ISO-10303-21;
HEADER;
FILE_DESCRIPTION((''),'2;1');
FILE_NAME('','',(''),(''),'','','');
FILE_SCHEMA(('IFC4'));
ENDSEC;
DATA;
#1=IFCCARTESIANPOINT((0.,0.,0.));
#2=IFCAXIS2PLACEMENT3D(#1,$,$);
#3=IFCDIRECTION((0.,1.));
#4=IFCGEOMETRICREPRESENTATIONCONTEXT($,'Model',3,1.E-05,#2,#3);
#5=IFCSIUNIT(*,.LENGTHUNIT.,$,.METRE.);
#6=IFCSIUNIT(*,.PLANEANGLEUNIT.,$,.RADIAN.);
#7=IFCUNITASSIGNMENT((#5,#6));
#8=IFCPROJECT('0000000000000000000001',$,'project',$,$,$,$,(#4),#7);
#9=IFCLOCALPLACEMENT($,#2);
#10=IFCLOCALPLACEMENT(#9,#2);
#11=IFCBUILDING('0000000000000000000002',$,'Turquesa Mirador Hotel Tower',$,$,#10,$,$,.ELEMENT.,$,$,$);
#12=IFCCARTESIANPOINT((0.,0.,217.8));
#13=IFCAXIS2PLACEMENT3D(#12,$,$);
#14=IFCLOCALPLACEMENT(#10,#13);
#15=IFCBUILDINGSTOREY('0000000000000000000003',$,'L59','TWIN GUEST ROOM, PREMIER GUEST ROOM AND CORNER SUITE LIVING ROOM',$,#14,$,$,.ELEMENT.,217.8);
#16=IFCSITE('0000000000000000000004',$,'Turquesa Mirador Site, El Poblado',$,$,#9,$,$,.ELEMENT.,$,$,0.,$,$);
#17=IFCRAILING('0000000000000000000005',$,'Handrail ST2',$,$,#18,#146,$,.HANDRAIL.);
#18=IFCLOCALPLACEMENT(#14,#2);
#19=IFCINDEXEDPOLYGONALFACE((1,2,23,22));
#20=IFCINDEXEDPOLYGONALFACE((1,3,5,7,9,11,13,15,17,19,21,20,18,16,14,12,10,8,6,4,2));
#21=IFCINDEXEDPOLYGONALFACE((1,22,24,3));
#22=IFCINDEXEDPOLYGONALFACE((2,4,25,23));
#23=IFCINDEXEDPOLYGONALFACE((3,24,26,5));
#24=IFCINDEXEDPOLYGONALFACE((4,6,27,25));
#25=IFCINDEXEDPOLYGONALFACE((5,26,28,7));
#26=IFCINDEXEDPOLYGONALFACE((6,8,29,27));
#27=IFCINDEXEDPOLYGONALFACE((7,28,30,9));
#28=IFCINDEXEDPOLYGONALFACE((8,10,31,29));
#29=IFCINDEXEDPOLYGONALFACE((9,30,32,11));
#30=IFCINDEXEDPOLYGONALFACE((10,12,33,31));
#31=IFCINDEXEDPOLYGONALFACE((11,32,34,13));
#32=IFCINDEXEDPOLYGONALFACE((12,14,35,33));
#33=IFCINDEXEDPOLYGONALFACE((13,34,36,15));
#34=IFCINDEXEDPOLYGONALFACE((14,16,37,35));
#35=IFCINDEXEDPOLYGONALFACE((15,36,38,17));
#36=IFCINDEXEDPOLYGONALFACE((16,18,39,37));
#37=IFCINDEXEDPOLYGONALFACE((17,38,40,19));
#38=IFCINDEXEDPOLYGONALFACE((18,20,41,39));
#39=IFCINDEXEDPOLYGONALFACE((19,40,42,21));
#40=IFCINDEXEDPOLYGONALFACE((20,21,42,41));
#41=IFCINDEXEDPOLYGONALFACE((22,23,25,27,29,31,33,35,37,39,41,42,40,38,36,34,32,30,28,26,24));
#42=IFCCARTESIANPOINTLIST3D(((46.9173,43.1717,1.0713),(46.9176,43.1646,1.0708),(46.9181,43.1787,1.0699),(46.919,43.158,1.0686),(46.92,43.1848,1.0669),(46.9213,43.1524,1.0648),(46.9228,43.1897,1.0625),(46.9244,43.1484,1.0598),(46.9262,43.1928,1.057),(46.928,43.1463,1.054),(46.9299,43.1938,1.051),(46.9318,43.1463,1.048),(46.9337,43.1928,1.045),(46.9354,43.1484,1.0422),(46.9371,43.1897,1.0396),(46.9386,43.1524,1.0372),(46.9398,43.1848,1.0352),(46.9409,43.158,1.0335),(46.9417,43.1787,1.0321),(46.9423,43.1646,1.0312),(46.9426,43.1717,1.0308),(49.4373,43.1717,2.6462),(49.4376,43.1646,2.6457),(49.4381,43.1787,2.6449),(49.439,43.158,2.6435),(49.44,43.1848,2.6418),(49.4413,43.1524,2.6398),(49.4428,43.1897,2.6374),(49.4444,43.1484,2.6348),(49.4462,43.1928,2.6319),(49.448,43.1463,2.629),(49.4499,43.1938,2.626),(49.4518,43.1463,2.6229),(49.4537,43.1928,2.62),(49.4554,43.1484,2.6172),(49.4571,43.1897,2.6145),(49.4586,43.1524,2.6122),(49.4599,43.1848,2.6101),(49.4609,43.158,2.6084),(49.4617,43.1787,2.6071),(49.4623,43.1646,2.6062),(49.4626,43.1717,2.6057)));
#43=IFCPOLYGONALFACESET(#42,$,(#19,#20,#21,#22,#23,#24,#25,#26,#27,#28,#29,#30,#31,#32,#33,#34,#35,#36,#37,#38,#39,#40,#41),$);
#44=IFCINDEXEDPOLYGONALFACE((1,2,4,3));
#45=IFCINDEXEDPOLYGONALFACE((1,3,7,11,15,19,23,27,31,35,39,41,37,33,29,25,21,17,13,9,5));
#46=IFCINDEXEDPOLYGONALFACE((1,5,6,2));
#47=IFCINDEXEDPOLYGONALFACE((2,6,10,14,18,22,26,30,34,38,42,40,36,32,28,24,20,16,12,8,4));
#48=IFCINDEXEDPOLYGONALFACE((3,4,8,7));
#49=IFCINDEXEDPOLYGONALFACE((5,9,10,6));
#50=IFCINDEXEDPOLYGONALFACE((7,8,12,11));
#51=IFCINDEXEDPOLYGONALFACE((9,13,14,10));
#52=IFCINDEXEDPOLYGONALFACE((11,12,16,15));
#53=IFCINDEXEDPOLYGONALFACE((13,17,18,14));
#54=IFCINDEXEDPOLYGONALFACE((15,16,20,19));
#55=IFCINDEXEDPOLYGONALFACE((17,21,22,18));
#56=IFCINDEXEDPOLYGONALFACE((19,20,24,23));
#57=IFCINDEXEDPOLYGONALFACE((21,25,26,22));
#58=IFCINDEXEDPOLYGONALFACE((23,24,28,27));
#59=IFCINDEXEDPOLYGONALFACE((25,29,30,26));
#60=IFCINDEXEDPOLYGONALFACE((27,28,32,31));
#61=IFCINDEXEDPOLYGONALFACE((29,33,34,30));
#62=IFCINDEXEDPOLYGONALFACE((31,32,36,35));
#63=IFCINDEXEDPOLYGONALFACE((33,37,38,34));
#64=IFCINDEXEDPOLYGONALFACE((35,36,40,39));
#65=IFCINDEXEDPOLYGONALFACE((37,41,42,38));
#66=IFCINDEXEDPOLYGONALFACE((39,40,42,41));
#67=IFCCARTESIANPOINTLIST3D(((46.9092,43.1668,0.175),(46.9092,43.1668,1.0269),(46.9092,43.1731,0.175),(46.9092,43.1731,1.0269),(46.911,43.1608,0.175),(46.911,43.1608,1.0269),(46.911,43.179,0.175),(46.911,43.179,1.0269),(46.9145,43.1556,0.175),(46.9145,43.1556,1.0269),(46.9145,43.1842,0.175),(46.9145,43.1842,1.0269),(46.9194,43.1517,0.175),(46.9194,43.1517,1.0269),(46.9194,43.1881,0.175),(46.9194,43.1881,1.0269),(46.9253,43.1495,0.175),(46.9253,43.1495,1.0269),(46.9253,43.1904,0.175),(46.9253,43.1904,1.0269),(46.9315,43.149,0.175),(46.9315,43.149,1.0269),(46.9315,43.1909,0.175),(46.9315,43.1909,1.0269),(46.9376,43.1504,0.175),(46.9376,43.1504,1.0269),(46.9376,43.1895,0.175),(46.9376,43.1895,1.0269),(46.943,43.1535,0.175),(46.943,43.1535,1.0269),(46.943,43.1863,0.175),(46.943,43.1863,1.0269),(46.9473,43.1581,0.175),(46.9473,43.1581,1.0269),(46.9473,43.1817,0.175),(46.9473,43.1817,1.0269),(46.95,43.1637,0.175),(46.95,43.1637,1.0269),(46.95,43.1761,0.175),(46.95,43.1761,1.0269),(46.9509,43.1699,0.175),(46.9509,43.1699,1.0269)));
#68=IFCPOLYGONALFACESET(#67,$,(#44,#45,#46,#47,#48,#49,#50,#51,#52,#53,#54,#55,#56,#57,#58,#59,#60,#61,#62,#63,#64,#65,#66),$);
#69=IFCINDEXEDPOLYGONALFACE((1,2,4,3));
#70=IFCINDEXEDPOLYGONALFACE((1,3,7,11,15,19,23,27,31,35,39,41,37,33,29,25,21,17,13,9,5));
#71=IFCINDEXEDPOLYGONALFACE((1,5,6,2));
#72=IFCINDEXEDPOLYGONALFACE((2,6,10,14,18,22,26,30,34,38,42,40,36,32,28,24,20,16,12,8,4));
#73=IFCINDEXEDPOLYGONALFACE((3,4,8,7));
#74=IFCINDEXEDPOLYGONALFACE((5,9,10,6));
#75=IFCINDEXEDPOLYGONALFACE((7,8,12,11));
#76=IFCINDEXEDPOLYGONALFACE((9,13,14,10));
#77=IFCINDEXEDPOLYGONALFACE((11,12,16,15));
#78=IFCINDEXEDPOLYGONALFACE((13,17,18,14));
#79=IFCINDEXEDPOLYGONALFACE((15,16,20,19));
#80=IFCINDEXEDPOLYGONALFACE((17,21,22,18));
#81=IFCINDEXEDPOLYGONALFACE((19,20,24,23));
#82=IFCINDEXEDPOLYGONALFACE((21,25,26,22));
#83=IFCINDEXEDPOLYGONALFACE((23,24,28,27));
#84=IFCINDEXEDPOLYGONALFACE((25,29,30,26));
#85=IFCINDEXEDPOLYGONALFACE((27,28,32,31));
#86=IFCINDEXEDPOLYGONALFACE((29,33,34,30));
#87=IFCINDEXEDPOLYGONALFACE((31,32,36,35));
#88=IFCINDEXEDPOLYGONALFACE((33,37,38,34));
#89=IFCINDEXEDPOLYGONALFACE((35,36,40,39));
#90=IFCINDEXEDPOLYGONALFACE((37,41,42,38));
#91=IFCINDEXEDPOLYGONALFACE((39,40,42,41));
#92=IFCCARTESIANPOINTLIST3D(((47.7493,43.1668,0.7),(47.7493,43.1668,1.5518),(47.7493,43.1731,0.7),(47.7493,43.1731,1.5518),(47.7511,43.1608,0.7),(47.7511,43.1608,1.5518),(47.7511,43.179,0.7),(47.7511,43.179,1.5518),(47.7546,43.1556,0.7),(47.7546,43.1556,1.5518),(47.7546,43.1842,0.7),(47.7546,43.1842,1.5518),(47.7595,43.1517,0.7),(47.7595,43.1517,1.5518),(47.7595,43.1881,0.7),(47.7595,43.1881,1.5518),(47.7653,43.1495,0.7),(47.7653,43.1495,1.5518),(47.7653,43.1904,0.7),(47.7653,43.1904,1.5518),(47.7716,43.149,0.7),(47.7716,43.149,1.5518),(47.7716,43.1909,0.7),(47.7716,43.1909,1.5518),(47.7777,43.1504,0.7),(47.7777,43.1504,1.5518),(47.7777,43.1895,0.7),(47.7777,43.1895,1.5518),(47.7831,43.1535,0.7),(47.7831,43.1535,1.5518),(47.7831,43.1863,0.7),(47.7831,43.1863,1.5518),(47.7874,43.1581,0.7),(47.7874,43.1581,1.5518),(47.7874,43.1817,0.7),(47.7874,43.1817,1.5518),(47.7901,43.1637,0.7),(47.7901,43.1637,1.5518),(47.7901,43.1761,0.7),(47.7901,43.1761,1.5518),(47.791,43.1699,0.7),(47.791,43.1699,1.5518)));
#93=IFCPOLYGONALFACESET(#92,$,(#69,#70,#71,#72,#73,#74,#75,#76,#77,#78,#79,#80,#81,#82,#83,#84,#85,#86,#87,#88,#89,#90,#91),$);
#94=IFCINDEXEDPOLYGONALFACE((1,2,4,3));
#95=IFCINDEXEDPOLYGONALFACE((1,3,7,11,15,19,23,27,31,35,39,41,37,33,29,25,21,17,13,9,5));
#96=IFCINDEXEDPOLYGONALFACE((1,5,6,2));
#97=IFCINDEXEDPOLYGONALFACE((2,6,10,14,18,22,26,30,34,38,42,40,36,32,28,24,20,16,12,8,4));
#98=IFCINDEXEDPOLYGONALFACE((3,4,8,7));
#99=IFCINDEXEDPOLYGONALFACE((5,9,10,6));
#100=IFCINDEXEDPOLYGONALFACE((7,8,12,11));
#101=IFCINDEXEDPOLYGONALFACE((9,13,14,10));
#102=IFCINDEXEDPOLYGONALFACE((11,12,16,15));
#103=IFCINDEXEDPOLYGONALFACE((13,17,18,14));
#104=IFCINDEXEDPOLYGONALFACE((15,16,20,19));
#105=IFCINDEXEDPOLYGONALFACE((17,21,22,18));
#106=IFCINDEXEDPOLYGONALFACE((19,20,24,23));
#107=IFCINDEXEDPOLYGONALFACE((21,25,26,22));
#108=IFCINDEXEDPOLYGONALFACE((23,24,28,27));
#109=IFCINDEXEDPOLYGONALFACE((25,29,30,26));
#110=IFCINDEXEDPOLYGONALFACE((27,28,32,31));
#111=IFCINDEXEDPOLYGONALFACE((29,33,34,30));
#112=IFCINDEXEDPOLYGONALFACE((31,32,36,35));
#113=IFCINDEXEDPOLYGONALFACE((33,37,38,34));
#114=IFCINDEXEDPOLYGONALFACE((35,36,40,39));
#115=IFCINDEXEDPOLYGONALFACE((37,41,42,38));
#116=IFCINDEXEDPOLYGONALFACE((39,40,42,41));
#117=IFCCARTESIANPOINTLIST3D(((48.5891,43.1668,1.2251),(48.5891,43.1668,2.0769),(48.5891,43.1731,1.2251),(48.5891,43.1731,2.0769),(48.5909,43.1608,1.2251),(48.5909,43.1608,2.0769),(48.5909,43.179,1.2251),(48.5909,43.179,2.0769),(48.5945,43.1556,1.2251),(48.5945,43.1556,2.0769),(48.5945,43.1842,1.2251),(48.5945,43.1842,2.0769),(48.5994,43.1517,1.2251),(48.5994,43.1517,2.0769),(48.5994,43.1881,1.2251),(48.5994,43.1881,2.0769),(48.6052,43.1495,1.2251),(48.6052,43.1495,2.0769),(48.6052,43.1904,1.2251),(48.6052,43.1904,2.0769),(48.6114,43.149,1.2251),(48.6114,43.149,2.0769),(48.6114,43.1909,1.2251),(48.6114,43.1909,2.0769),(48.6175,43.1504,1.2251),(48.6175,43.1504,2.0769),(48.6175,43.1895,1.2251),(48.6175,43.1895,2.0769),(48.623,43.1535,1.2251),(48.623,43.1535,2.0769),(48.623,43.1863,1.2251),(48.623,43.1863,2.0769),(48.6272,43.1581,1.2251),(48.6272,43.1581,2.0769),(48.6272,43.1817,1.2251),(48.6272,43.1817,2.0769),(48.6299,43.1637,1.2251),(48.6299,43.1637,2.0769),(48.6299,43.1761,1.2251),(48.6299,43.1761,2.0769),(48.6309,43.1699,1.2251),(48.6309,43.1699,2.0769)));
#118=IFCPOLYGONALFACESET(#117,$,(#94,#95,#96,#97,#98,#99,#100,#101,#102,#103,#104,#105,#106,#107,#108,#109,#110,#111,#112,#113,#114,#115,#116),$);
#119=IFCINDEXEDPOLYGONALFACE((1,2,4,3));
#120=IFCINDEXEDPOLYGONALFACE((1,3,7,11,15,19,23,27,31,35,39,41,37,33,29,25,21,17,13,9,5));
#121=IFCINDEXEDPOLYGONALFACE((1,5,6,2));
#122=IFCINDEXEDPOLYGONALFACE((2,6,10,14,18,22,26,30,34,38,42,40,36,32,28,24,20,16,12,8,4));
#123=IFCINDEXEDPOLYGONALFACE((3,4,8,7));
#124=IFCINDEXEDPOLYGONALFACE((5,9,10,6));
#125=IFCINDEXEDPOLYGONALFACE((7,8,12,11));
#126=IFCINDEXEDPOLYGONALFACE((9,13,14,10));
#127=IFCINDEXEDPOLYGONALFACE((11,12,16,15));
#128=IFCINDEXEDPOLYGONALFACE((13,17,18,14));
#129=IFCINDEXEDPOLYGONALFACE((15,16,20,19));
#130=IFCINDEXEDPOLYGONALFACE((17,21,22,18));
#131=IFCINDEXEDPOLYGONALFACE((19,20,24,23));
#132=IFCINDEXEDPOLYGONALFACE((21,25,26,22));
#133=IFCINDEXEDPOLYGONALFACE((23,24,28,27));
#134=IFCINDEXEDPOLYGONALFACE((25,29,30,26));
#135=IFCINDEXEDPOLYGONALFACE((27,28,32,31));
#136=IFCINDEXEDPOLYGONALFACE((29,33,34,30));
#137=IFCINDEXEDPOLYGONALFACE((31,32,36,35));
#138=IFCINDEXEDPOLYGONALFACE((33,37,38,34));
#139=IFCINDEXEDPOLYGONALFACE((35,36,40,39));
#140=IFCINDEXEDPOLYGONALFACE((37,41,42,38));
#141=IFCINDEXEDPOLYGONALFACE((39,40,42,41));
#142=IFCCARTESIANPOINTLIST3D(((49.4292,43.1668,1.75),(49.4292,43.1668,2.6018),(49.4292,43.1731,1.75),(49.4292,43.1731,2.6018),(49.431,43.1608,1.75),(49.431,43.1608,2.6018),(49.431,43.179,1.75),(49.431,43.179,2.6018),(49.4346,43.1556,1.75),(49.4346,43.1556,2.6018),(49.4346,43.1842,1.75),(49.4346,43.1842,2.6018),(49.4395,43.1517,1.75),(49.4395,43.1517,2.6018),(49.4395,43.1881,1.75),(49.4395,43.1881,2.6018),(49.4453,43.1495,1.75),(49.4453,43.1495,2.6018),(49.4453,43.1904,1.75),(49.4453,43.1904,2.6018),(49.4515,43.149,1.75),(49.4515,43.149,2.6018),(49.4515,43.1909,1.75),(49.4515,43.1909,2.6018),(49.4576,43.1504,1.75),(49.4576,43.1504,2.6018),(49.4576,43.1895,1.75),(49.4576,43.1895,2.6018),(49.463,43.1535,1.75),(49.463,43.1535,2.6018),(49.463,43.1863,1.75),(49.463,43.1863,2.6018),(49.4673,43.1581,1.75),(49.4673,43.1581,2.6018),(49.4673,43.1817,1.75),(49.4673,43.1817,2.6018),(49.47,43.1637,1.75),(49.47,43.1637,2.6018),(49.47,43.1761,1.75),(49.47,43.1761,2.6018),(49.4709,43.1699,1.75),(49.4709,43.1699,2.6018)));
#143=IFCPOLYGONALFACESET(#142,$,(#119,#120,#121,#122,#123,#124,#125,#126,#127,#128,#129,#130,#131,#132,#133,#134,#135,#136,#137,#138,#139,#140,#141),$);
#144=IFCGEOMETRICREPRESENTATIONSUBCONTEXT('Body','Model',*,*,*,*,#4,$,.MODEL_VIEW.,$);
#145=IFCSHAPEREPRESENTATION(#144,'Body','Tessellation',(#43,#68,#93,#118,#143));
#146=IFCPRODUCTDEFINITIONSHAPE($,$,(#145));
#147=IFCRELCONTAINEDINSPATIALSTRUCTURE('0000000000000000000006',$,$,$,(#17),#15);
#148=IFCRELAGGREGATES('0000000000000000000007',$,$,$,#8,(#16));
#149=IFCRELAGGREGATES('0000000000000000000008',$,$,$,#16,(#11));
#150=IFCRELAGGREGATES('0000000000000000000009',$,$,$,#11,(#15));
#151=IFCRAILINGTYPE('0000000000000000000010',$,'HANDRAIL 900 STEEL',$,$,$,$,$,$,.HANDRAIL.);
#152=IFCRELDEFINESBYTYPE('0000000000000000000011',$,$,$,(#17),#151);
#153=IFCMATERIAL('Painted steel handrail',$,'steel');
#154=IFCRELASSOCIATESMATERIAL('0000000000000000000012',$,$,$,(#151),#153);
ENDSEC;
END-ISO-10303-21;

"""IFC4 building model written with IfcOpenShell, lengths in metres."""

from ifc_helpers import new_model, si_unit, direction, frame, origin, origin_2d, place, context, subcontext, project, spatial, circle, extrude, material, type_object, element, save


model = new_model("IFC4")

# Units and contexts
model_context = context("Model", 3, precision=1e-05, world=origin(), true_north=direction((0.0, 1.0)))
body_context = subcontext(model_context, "Body", "Model", "MODEL_VIEW")
ifc_project = project(units=[si_unit("LENGTHUNIT", "METRE"), si_unit("PLANEANGLEUNIT", "RADIAN")], contexts=[model_context])

# Site, building, storey
site_placement = place(None, origin())
site = spatial("IfcSite", under=ifc_project, at=site_placement, Name="Turquesa Mirador Site, El Poblado", CompositionType="ELEMENT", RefElevation=0.0)
building_placement = place(site_placement, origin())
building = spatial("IfcBuilding", under=site, at=building_placement, Name="Turquesa Mirador Hotel Tower", CompositionType="ELEMENT")
storey_placement = place(building_placement, frame((0.0, 0.0, 217.8)))
storey = spatial("IfcBuildingStorey", under=building, at=storey_placement, Name="L59", Description="TWIN GUEST ROOM, PREMIER GUEST ROOM AND CORNER SUITE LIVING ROOM", CompositionType="ELEMENT", Elevation=217.8)

# Railing
ifc_material_1 = material(Name="Painted steel handrail", Category="steel")
railing_type = type_object("IfcRailingType", Name="HANDRAIL 900 STEEL", PredefinedType="HANDRAIL", material=ifc_material_1)
railing_placement = place(storey_placement, frame((46.9299, 43.1699, 0.175)))
element("IfcRailing", 1, at=railing_placement, inside=storey, type_object=railing_type, Name="Handrail ST2", PredefinedType="HANDRAIL", context=body_context, shape_type="SweptSolid", body=[
    extrude(circle(Radius=0.0239, at=origin_2d()), frame((0.0, 0.0, 0.876), z_axis=(0.848008, 0.0, 0.529984), x_axis=(0.0, 1.0, 0.0)), (0.0, 0.0, 1.0), 2.9717),
    extrude(circle(Radius=0.021, at=origin_2d()), origin(), (0.0, 0.0, 1.0), 0.8518),
    extrude(circle(Radius=0.021, at=origin_2d()), frame((0.8401, 0.0, 0.5249)), (0.0, 0.0, 1.0), 0.8518),
    extrude(circle(Radius=0.021, at=origin_2d()), frame((1.6799, 0.0, 1.05)), (0.0, 0.0, 1.0), 0.8518),
    extrude(circle(Radius=0.021, at=origin_2d()), frame((2.52, 0.0, 1.575)), (0.0, 0.0, 1.0), 0.8518),
])

save(model, "model.ifc")
